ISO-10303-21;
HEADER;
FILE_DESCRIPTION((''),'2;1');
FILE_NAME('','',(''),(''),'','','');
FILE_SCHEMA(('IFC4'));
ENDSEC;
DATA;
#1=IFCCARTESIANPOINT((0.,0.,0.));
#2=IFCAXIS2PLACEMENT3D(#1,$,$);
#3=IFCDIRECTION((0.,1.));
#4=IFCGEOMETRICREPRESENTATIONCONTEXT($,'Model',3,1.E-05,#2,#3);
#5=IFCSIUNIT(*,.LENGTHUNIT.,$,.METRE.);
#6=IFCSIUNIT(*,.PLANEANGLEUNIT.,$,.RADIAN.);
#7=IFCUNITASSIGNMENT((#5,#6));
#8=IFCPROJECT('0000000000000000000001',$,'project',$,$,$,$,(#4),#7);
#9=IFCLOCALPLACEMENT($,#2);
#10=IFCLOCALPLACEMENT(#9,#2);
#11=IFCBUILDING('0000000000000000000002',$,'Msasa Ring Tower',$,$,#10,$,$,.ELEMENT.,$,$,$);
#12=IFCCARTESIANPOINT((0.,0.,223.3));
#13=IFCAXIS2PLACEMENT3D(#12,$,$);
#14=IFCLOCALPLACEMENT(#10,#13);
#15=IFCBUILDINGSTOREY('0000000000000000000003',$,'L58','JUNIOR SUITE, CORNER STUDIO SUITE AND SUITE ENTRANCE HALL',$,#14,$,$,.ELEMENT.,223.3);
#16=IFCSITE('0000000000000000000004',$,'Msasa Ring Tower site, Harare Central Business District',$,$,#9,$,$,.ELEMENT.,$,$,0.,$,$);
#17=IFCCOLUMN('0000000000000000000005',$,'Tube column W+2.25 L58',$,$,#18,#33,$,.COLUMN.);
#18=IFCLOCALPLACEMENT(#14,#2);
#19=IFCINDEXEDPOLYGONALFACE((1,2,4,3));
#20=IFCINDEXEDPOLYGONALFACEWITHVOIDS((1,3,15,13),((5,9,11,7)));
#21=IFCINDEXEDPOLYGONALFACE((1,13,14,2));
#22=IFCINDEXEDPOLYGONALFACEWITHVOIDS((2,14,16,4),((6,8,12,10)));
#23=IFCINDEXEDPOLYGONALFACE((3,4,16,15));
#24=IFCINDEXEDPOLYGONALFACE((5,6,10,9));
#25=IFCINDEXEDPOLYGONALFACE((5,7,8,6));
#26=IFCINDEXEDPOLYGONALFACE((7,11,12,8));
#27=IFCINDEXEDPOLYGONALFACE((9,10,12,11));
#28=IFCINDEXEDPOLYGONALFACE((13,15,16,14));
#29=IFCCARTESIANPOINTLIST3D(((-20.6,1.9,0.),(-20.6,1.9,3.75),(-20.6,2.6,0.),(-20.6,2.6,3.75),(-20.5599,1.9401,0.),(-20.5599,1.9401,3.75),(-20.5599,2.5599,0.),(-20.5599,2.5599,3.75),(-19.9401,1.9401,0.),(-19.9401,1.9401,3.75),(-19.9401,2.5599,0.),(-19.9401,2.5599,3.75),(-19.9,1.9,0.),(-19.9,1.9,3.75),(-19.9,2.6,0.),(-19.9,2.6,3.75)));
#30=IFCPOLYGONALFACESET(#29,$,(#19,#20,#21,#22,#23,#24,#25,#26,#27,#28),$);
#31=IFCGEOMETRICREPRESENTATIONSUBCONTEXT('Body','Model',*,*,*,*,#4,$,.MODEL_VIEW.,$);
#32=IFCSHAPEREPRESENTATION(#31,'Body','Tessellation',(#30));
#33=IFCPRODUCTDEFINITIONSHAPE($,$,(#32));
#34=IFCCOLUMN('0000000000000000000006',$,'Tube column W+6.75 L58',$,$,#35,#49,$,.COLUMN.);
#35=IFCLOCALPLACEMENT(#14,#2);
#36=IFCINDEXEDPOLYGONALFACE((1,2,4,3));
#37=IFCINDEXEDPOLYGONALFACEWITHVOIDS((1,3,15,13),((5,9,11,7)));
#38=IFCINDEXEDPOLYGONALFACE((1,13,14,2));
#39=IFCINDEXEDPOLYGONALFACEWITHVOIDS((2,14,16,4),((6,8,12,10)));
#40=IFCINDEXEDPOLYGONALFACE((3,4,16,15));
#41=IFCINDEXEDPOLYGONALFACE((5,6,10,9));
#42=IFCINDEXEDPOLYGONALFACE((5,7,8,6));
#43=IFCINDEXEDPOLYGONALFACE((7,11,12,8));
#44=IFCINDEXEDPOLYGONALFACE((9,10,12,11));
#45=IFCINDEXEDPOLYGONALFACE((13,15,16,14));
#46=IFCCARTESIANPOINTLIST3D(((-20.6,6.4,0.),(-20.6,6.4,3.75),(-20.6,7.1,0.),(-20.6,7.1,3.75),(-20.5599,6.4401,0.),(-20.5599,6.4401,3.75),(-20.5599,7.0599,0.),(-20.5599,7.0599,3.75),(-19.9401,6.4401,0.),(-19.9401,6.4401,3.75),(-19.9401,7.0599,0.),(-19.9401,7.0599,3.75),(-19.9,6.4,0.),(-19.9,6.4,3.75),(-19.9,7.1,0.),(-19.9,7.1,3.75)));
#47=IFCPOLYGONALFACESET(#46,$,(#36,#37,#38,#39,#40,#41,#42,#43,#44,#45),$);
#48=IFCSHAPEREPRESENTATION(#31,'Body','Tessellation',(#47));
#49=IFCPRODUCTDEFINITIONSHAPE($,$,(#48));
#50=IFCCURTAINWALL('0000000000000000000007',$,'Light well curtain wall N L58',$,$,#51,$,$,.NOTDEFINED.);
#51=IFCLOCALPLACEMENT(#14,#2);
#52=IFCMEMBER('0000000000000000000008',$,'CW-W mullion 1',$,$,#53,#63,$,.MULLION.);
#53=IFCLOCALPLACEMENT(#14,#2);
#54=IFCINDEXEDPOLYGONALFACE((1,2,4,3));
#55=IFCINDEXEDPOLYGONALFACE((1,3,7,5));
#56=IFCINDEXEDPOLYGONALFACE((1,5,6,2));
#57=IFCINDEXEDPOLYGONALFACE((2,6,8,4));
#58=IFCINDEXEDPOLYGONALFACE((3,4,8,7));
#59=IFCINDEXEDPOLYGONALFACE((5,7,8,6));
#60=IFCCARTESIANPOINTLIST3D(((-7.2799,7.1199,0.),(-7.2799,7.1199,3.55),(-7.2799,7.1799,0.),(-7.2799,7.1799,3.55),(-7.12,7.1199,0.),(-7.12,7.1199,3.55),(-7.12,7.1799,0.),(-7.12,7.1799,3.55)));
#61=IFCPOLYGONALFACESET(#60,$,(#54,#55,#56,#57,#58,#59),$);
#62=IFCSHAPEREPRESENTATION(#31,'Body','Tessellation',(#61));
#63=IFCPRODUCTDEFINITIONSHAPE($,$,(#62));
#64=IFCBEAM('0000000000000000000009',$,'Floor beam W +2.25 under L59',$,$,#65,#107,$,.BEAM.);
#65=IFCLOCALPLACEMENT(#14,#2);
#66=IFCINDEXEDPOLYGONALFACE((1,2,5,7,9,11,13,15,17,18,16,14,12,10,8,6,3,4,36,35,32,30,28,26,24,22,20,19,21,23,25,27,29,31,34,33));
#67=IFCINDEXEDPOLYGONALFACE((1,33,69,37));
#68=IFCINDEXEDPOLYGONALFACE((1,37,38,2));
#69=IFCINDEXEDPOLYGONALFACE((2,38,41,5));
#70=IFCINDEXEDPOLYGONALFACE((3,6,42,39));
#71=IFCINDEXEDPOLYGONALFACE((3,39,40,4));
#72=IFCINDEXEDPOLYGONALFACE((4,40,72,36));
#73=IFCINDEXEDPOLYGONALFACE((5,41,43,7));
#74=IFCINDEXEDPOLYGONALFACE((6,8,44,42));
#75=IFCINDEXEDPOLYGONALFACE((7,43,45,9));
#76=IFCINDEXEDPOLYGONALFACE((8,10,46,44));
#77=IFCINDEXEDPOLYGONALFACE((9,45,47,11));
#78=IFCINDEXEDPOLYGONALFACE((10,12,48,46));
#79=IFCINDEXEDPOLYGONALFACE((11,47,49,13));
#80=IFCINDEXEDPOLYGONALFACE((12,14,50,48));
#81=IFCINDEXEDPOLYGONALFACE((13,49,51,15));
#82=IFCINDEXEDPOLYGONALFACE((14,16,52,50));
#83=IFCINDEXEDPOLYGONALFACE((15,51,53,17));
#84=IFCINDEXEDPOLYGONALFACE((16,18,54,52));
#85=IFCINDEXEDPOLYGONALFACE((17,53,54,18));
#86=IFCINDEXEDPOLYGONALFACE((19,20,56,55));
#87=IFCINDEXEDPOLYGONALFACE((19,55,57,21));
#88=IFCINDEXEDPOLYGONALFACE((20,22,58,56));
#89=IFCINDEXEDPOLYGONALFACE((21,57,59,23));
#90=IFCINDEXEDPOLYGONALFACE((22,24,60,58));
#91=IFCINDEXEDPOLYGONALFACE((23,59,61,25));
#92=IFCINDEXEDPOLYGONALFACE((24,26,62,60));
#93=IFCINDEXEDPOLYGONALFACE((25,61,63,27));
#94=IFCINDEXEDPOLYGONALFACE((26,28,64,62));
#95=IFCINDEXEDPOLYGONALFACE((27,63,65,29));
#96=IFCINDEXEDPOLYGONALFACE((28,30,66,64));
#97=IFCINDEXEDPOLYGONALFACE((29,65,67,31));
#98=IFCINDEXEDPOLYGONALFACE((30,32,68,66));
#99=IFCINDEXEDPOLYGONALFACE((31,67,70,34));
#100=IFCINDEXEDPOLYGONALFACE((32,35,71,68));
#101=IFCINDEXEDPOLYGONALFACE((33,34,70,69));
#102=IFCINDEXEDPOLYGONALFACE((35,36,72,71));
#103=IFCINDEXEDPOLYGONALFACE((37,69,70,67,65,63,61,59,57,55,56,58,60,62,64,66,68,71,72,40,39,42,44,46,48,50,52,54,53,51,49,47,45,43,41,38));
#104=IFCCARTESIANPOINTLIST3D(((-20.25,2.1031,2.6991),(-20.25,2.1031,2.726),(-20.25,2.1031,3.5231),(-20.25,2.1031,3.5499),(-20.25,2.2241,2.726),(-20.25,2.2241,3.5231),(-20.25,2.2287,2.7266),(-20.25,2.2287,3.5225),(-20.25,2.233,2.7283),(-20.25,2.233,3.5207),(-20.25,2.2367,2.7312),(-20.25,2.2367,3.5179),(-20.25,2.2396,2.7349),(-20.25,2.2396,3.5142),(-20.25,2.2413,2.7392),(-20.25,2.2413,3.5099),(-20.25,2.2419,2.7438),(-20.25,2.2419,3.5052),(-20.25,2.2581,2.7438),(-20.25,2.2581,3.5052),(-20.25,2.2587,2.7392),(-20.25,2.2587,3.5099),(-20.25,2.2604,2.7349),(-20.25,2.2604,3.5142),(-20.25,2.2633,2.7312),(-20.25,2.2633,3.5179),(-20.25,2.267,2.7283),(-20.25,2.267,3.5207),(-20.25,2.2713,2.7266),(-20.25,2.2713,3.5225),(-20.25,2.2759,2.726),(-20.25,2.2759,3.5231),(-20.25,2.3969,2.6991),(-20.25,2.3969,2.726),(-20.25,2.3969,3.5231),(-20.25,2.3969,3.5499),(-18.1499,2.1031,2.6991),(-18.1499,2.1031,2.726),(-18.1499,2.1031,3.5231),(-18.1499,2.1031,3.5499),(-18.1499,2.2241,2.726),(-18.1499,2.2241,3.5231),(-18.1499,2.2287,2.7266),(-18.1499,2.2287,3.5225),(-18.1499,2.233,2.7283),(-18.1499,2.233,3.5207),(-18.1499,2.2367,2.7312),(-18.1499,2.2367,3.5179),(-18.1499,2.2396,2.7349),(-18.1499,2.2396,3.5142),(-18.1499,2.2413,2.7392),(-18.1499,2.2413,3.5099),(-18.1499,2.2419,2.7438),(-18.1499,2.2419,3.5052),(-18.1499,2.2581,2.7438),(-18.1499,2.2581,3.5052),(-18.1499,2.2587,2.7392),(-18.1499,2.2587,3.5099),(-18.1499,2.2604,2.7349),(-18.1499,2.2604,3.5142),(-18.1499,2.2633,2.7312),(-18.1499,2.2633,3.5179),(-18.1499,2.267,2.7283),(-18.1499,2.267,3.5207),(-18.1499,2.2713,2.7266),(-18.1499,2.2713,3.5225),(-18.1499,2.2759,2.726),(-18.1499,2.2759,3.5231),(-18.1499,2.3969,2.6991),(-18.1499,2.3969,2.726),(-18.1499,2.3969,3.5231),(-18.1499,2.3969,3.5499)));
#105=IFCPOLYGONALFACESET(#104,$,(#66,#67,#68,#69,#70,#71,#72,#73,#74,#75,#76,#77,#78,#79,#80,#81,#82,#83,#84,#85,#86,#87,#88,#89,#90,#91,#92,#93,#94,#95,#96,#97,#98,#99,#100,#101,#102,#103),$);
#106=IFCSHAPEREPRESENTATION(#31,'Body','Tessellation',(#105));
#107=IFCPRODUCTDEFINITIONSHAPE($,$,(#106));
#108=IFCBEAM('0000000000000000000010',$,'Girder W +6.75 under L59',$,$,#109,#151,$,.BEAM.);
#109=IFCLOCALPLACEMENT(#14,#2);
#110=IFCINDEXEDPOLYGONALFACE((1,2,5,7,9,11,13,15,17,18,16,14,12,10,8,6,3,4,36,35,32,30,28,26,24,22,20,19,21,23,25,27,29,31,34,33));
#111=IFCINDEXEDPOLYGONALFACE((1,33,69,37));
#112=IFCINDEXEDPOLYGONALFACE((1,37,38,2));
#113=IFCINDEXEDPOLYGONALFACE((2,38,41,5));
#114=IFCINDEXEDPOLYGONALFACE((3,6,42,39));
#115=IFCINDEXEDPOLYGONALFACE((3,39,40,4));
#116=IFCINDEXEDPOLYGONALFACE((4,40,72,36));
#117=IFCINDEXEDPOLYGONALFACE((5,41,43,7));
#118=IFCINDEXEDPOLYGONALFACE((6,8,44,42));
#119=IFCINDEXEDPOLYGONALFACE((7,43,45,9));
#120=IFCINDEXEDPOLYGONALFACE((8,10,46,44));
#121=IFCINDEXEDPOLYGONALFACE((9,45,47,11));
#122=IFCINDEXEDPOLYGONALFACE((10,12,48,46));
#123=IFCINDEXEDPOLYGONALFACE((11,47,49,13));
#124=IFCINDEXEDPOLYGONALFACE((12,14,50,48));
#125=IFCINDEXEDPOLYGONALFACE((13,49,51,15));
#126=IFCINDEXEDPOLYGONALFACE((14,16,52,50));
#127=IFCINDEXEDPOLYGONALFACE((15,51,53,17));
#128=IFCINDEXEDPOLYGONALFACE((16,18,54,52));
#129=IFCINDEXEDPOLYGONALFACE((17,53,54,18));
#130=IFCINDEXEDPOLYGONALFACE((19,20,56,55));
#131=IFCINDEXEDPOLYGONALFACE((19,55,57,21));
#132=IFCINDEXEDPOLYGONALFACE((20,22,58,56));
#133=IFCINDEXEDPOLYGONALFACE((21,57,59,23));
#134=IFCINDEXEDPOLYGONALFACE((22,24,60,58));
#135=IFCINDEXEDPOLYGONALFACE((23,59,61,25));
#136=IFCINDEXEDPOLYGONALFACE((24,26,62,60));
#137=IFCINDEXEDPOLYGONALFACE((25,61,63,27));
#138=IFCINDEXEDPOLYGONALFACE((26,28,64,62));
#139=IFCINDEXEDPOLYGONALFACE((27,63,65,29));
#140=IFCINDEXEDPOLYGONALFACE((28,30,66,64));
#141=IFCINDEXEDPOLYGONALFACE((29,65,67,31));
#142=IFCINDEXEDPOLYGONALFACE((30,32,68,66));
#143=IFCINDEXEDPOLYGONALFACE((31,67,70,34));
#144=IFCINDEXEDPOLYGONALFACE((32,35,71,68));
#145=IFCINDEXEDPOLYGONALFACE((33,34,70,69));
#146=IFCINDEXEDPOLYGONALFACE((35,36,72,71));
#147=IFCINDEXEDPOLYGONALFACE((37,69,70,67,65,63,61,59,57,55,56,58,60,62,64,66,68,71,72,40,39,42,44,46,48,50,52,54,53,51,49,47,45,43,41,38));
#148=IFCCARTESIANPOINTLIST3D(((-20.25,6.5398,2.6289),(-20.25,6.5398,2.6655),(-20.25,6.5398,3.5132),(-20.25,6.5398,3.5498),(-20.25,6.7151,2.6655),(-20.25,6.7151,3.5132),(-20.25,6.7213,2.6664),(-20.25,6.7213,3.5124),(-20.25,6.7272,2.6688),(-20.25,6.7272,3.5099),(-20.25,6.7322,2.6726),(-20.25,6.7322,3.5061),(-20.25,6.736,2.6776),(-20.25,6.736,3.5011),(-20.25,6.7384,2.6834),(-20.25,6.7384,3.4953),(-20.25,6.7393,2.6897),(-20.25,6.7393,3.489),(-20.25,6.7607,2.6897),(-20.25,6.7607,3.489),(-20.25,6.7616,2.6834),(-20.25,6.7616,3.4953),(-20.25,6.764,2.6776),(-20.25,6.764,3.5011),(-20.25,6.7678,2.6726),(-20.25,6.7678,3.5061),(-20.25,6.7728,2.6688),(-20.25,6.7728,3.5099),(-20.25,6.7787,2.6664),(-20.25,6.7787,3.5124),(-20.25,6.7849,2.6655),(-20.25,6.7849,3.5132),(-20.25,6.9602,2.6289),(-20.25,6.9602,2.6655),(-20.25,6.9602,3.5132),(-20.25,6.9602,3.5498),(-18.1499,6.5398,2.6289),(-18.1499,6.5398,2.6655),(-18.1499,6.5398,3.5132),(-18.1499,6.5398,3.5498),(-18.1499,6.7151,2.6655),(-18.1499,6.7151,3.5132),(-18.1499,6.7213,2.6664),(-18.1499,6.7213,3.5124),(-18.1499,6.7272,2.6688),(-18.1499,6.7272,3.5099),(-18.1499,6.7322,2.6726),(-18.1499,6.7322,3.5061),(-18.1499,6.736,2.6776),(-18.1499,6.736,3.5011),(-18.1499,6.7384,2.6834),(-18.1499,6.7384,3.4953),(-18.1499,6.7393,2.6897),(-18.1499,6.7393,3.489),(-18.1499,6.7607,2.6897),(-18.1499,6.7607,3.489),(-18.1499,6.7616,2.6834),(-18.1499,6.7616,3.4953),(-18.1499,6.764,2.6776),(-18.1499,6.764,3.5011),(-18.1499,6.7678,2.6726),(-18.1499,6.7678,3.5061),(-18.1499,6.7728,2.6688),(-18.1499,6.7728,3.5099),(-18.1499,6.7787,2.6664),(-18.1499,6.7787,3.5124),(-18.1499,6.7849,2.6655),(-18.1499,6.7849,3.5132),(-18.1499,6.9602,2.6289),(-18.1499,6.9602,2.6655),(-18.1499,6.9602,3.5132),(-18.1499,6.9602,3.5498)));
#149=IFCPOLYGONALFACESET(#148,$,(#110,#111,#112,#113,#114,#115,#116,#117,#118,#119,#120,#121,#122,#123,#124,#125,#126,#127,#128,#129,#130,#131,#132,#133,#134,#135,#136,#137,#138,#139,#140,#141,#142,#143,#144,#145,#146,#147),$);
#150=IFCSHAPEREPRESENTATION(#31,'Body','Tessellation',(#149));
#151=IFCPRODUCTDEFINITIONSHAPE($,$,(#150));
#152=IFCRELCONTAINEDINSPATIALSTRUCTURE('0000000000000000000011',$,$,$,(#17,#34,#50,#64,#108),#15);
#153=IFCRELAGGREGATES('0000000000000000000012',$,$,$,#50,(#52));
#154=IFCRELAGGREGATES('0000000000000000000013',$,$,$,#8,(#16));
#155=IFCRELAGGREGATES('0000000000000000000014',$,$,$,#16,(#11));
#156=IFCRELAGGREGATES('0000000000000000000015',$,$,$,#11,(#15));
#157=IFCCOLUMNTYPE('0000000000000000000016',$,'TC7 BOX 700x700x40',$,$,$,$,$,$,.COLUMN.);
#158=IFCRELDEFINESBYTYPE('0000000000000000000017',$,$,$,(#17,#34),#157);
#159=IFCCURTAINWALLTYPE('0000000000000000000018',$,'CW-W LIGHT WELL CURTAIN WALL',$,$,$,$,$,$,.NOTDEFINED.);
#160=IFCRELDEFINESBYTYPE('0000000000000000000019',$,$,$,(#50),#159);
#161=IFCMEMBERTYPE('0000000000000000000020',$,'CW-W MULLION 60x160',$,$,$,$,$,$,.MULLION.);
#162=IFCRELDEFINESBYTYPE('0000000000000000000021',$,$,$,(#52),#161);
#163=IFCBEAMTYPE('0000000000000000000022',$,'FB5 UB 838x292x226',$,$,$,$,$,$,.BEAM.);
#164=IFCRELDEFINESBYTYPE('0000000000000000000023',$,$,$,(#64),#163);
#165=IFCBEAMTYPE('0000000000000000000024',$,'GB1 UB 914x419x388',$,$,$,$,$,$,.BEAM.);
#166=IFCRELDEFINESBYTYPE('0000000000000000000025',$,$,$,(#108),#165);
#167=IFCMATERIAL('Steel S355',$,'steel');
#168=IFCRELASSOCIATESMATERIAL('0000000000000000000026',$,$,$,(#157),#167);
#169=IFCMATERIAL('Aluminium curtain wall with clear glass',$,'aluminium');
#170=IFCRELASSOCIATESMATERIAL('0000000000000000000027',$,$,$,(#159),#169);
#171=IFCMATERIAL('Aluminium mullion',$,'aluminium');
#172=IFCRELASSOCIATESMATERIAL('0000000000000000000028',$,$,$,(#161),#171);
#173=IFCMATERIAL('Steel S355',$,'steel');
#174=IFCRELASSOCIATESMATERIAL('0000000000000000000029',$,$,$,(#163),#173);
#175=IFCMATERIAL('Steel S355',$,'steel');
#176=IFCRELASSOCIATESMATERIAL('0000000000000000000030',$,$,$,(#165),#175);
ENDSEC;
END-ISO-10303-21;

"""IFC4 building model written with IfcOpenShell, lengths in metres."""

from ifc_helpers import new_model, si_unit, direction, frame, origin, origin_2d, place, context, subcontext, project, spatial, rectangle, hollow_rectangle, i_section, extrude, material, material_profile, profile_set, type_object, element, aggregate, save


model = new_model("IFC4")

# Units and contexts
model_context = context("Model", 3, precision=1e-05, world=origin(), true_north=direction((0.0, 1.0)))
body_context = subcontext(model_context, "Body", "Model", "MODEL_VIEW")
ifc_project = project(units=[si_unit("LENGTHUNIT", "METRE"), si_unit("PLANEANGLEUNIT", "RADIAN")], contexts=[model_context])

# Site, building, storey
site_placement = place(None, origin())
site = spatial("IfcSite", under=ifc_project, at=site_placement, Name="Msasa Ring Tower site, Harare Central Business District", CompositionType="ELEMENT", RefElevation=0.0)
building_placement = place(site_placement, origin())
building = spatial("IfcBuilding", under=site, at=building_placement, Name="Msasa Ring Tower", CompositionType="ELEMENT")
storey_placement = place(building_placement, frame((0.0, 0.0, 223.3)))
storey = spatial("IfcBuildingStorey", under=building, at=storey_placement, Name="L58", Description="JUNIOR SUITE, CORNER STUDIO SUITE AND SUITE ENTRANCE HALL", CompositionType="ELEMENT", Elevation=223.3)

# Columns
ifc_material_1 = material(Name="Steel S355", Category="steel")
ifc_material_profile_1 = material_profile(ifc_material_1, hollow_rectangle(XDim=0.7, YDim=0.7, WallThickness=0.04, at=origin_2d()), Name="BOX 700x700x40")
ifc_profile_set_1 = profile_set([ifc_material_profile_1], Name="Steel S355")
column_type = type_object("IfcColumnType", Name="TC7 BOX 700x700x40", PredefinedType="COLUMN", material=ifc_profile_set_1)
for number, where, z_axis, x_axis, name in (
    (1, (-20.25, 2.25, 0.0), (0.0, 0.0, 1.0), (1.0, 0.0, 0.0), "Tube column W+2.25 L58"),
    (2, (-20.25, 6.75, 0.0), (0.0, 0.0, 1.0), (1.0, 0.0, 0.0), "Tube column W+6.75 L58"),
):
    element("IfcColumn", number, at=place(storey_placement, frame(where, z_axis=z_axis, x_axis=x_axis)), inside=storey, type_object=column_type, Name=name, PredefinedType="COLUMN", context=body_context, shape_type="SweptSolid", body=[
        extrude(hollow_rectangle(XDim=0.7, YDim=0.7, WallThickness=0.04, at=origin_2d()), origin(), (0.0, 0.0, 1.0), 3.75),
    ])

# Curtain wall, member
ifc_material_2 = material(Name="Aluminium curtain wall with clear glass", Category="aluminium")
curtain_wall_type = type_object("IfcCurtainWallType", Name="CW-W LIGHT WELL CURTAIN WALL", PredefinedType="NOTDEFINED", material=ifc_material_2)
curtain_wall_placement = place(storey_placement, origin())
curtain_wall = element("IfcCurtainWall", 3, at=curtain_wall_placement, inside=storey, type_object=curtain_wall_type, Name="Light well curtain wall N L58", PredefinedType="NOTDEFINED")
ifc_material_3 = material(Name="Aluminium mullion", Category="aluminium")
ifc_material_profile_2 = material_profile(ifc_material_3, rectangle(XDim=0.0601, YDim=0.1599, at=origin_2d()), Name="AL 60x160")
ifc_profile_set_2 = profile_set([ifc_material_profile_2], Name="Aluminium mullion")
member_type = type_object("IfcMemberType", Name="CW-W MULLION 60x160", PredefinedType="MULLION", material=ifc_profile_set_2)
member_placement = place(storey_placement, frame((-7.2, 7.1499, 0.0), z_axis=(0.0, 0.0, 1.0), x_axis=(0.0, 1.0, 0.0)))
member = element("IfcMember", 4, at=member_placement, type_object=member_type, Name="CW-W mullion 1", PredefinedType="MULLION", context=body_context, shape_type="SweptSolid", body=[
    extrude(rectangle(XDim=0.0601, YDim=0.1599, at=origin_2d()), origin(), (0.0, 0.0, 1.0), 3.55),
])
aggregate(curtain_wall, [member])

# Beams
ifc_material_4 = material(Name="Steel S355", Category="steel")
ifc_material_profile_3 = material_profile(ifc_material_4, i_section(OverallWidth=0.2937, OverallDepth=0.8508, WebThickness=0.0161, FlangeThickness=0.0269, FilletRadius=0.0178, at=origin_2d()), Name="UB 838x292x226")
ifc_profile_set_3 = profile_set([ifc_material_profile_3], Name="Steel S355")
beam_type_1 = type_object("IfcBeamType", Name="FB5 UB 838x292x226", PredefinedType="BEAM", material=ifc_profile_set_3)
beam_1_placement = place(storey_placement, frame((-20.25, 2.25, 3.1245), z_axis=(1.0, 0.0, 0.0), x_axis=(0.0, 1.0, 0.0)))
element("IfcBeam", 5, at=beam_1_placement, inside=storey, type_object=beam_type_1, Name="Floor beam W +2.25 under L59", PredefinedType="BEAM", context=body_context, shape_type="SweptSolid", body=[
    extrude(i_section(OverallWidth=0.2937, OverallDepth=0.8508, WebThickness=0.0161, FlangeThickness=0.0269, FilletRadius=0.0178, at=origin_2d()), origin(), (0.0, 0.0, 1.0), 2.1001),
])
ifc_material_5 = material(Name="Steel S355", Category="steel")
ifc_material_profile_4 = material_profile(ifc_material_5, i_section(OverallWidth=0.4204, OverallDepth=0.9209, WebThickness=0.0215, FlangeThickness=0.0366, FilletRadius=0.0242, at=origin_2d()), Name="UB 914x419x388")
ifc_profile_set_4 = profile_set([ifc_material_profile_4], Name="Steel S355")
beam_type_2 = type_object("IfcBeamType", Name="GB1 UB 914x419x388", PredefinedType="BEAM", material=ifc_profile_set_4)
beam_2_placement = place(storey_placement, frame((-18.1499, 6.75, 3.0894), z_axis=(-1.0, 0.0, 0.0), x_axis=(0.0, -1.0, 0.0)))
element("IfcBeam", 6, at=beam_2_placement, inside=storey, type_object=beam_type_2, Name="Girder W +6.75 under L59", PredefinedType="BEAM", context=body_context, shape_type="SweptSolid", body=[
    extrude(i_section(OverallWidth=0.4204, OverallDepth=0.9209, WebThickness=0.0215, FlangeThickness=0.0366, FilletRadius=0.0242, at=origin_2d()), origin(), (0.0, 0.0, 1.0), 2.1001),
])

save(model, "model.ifc")
